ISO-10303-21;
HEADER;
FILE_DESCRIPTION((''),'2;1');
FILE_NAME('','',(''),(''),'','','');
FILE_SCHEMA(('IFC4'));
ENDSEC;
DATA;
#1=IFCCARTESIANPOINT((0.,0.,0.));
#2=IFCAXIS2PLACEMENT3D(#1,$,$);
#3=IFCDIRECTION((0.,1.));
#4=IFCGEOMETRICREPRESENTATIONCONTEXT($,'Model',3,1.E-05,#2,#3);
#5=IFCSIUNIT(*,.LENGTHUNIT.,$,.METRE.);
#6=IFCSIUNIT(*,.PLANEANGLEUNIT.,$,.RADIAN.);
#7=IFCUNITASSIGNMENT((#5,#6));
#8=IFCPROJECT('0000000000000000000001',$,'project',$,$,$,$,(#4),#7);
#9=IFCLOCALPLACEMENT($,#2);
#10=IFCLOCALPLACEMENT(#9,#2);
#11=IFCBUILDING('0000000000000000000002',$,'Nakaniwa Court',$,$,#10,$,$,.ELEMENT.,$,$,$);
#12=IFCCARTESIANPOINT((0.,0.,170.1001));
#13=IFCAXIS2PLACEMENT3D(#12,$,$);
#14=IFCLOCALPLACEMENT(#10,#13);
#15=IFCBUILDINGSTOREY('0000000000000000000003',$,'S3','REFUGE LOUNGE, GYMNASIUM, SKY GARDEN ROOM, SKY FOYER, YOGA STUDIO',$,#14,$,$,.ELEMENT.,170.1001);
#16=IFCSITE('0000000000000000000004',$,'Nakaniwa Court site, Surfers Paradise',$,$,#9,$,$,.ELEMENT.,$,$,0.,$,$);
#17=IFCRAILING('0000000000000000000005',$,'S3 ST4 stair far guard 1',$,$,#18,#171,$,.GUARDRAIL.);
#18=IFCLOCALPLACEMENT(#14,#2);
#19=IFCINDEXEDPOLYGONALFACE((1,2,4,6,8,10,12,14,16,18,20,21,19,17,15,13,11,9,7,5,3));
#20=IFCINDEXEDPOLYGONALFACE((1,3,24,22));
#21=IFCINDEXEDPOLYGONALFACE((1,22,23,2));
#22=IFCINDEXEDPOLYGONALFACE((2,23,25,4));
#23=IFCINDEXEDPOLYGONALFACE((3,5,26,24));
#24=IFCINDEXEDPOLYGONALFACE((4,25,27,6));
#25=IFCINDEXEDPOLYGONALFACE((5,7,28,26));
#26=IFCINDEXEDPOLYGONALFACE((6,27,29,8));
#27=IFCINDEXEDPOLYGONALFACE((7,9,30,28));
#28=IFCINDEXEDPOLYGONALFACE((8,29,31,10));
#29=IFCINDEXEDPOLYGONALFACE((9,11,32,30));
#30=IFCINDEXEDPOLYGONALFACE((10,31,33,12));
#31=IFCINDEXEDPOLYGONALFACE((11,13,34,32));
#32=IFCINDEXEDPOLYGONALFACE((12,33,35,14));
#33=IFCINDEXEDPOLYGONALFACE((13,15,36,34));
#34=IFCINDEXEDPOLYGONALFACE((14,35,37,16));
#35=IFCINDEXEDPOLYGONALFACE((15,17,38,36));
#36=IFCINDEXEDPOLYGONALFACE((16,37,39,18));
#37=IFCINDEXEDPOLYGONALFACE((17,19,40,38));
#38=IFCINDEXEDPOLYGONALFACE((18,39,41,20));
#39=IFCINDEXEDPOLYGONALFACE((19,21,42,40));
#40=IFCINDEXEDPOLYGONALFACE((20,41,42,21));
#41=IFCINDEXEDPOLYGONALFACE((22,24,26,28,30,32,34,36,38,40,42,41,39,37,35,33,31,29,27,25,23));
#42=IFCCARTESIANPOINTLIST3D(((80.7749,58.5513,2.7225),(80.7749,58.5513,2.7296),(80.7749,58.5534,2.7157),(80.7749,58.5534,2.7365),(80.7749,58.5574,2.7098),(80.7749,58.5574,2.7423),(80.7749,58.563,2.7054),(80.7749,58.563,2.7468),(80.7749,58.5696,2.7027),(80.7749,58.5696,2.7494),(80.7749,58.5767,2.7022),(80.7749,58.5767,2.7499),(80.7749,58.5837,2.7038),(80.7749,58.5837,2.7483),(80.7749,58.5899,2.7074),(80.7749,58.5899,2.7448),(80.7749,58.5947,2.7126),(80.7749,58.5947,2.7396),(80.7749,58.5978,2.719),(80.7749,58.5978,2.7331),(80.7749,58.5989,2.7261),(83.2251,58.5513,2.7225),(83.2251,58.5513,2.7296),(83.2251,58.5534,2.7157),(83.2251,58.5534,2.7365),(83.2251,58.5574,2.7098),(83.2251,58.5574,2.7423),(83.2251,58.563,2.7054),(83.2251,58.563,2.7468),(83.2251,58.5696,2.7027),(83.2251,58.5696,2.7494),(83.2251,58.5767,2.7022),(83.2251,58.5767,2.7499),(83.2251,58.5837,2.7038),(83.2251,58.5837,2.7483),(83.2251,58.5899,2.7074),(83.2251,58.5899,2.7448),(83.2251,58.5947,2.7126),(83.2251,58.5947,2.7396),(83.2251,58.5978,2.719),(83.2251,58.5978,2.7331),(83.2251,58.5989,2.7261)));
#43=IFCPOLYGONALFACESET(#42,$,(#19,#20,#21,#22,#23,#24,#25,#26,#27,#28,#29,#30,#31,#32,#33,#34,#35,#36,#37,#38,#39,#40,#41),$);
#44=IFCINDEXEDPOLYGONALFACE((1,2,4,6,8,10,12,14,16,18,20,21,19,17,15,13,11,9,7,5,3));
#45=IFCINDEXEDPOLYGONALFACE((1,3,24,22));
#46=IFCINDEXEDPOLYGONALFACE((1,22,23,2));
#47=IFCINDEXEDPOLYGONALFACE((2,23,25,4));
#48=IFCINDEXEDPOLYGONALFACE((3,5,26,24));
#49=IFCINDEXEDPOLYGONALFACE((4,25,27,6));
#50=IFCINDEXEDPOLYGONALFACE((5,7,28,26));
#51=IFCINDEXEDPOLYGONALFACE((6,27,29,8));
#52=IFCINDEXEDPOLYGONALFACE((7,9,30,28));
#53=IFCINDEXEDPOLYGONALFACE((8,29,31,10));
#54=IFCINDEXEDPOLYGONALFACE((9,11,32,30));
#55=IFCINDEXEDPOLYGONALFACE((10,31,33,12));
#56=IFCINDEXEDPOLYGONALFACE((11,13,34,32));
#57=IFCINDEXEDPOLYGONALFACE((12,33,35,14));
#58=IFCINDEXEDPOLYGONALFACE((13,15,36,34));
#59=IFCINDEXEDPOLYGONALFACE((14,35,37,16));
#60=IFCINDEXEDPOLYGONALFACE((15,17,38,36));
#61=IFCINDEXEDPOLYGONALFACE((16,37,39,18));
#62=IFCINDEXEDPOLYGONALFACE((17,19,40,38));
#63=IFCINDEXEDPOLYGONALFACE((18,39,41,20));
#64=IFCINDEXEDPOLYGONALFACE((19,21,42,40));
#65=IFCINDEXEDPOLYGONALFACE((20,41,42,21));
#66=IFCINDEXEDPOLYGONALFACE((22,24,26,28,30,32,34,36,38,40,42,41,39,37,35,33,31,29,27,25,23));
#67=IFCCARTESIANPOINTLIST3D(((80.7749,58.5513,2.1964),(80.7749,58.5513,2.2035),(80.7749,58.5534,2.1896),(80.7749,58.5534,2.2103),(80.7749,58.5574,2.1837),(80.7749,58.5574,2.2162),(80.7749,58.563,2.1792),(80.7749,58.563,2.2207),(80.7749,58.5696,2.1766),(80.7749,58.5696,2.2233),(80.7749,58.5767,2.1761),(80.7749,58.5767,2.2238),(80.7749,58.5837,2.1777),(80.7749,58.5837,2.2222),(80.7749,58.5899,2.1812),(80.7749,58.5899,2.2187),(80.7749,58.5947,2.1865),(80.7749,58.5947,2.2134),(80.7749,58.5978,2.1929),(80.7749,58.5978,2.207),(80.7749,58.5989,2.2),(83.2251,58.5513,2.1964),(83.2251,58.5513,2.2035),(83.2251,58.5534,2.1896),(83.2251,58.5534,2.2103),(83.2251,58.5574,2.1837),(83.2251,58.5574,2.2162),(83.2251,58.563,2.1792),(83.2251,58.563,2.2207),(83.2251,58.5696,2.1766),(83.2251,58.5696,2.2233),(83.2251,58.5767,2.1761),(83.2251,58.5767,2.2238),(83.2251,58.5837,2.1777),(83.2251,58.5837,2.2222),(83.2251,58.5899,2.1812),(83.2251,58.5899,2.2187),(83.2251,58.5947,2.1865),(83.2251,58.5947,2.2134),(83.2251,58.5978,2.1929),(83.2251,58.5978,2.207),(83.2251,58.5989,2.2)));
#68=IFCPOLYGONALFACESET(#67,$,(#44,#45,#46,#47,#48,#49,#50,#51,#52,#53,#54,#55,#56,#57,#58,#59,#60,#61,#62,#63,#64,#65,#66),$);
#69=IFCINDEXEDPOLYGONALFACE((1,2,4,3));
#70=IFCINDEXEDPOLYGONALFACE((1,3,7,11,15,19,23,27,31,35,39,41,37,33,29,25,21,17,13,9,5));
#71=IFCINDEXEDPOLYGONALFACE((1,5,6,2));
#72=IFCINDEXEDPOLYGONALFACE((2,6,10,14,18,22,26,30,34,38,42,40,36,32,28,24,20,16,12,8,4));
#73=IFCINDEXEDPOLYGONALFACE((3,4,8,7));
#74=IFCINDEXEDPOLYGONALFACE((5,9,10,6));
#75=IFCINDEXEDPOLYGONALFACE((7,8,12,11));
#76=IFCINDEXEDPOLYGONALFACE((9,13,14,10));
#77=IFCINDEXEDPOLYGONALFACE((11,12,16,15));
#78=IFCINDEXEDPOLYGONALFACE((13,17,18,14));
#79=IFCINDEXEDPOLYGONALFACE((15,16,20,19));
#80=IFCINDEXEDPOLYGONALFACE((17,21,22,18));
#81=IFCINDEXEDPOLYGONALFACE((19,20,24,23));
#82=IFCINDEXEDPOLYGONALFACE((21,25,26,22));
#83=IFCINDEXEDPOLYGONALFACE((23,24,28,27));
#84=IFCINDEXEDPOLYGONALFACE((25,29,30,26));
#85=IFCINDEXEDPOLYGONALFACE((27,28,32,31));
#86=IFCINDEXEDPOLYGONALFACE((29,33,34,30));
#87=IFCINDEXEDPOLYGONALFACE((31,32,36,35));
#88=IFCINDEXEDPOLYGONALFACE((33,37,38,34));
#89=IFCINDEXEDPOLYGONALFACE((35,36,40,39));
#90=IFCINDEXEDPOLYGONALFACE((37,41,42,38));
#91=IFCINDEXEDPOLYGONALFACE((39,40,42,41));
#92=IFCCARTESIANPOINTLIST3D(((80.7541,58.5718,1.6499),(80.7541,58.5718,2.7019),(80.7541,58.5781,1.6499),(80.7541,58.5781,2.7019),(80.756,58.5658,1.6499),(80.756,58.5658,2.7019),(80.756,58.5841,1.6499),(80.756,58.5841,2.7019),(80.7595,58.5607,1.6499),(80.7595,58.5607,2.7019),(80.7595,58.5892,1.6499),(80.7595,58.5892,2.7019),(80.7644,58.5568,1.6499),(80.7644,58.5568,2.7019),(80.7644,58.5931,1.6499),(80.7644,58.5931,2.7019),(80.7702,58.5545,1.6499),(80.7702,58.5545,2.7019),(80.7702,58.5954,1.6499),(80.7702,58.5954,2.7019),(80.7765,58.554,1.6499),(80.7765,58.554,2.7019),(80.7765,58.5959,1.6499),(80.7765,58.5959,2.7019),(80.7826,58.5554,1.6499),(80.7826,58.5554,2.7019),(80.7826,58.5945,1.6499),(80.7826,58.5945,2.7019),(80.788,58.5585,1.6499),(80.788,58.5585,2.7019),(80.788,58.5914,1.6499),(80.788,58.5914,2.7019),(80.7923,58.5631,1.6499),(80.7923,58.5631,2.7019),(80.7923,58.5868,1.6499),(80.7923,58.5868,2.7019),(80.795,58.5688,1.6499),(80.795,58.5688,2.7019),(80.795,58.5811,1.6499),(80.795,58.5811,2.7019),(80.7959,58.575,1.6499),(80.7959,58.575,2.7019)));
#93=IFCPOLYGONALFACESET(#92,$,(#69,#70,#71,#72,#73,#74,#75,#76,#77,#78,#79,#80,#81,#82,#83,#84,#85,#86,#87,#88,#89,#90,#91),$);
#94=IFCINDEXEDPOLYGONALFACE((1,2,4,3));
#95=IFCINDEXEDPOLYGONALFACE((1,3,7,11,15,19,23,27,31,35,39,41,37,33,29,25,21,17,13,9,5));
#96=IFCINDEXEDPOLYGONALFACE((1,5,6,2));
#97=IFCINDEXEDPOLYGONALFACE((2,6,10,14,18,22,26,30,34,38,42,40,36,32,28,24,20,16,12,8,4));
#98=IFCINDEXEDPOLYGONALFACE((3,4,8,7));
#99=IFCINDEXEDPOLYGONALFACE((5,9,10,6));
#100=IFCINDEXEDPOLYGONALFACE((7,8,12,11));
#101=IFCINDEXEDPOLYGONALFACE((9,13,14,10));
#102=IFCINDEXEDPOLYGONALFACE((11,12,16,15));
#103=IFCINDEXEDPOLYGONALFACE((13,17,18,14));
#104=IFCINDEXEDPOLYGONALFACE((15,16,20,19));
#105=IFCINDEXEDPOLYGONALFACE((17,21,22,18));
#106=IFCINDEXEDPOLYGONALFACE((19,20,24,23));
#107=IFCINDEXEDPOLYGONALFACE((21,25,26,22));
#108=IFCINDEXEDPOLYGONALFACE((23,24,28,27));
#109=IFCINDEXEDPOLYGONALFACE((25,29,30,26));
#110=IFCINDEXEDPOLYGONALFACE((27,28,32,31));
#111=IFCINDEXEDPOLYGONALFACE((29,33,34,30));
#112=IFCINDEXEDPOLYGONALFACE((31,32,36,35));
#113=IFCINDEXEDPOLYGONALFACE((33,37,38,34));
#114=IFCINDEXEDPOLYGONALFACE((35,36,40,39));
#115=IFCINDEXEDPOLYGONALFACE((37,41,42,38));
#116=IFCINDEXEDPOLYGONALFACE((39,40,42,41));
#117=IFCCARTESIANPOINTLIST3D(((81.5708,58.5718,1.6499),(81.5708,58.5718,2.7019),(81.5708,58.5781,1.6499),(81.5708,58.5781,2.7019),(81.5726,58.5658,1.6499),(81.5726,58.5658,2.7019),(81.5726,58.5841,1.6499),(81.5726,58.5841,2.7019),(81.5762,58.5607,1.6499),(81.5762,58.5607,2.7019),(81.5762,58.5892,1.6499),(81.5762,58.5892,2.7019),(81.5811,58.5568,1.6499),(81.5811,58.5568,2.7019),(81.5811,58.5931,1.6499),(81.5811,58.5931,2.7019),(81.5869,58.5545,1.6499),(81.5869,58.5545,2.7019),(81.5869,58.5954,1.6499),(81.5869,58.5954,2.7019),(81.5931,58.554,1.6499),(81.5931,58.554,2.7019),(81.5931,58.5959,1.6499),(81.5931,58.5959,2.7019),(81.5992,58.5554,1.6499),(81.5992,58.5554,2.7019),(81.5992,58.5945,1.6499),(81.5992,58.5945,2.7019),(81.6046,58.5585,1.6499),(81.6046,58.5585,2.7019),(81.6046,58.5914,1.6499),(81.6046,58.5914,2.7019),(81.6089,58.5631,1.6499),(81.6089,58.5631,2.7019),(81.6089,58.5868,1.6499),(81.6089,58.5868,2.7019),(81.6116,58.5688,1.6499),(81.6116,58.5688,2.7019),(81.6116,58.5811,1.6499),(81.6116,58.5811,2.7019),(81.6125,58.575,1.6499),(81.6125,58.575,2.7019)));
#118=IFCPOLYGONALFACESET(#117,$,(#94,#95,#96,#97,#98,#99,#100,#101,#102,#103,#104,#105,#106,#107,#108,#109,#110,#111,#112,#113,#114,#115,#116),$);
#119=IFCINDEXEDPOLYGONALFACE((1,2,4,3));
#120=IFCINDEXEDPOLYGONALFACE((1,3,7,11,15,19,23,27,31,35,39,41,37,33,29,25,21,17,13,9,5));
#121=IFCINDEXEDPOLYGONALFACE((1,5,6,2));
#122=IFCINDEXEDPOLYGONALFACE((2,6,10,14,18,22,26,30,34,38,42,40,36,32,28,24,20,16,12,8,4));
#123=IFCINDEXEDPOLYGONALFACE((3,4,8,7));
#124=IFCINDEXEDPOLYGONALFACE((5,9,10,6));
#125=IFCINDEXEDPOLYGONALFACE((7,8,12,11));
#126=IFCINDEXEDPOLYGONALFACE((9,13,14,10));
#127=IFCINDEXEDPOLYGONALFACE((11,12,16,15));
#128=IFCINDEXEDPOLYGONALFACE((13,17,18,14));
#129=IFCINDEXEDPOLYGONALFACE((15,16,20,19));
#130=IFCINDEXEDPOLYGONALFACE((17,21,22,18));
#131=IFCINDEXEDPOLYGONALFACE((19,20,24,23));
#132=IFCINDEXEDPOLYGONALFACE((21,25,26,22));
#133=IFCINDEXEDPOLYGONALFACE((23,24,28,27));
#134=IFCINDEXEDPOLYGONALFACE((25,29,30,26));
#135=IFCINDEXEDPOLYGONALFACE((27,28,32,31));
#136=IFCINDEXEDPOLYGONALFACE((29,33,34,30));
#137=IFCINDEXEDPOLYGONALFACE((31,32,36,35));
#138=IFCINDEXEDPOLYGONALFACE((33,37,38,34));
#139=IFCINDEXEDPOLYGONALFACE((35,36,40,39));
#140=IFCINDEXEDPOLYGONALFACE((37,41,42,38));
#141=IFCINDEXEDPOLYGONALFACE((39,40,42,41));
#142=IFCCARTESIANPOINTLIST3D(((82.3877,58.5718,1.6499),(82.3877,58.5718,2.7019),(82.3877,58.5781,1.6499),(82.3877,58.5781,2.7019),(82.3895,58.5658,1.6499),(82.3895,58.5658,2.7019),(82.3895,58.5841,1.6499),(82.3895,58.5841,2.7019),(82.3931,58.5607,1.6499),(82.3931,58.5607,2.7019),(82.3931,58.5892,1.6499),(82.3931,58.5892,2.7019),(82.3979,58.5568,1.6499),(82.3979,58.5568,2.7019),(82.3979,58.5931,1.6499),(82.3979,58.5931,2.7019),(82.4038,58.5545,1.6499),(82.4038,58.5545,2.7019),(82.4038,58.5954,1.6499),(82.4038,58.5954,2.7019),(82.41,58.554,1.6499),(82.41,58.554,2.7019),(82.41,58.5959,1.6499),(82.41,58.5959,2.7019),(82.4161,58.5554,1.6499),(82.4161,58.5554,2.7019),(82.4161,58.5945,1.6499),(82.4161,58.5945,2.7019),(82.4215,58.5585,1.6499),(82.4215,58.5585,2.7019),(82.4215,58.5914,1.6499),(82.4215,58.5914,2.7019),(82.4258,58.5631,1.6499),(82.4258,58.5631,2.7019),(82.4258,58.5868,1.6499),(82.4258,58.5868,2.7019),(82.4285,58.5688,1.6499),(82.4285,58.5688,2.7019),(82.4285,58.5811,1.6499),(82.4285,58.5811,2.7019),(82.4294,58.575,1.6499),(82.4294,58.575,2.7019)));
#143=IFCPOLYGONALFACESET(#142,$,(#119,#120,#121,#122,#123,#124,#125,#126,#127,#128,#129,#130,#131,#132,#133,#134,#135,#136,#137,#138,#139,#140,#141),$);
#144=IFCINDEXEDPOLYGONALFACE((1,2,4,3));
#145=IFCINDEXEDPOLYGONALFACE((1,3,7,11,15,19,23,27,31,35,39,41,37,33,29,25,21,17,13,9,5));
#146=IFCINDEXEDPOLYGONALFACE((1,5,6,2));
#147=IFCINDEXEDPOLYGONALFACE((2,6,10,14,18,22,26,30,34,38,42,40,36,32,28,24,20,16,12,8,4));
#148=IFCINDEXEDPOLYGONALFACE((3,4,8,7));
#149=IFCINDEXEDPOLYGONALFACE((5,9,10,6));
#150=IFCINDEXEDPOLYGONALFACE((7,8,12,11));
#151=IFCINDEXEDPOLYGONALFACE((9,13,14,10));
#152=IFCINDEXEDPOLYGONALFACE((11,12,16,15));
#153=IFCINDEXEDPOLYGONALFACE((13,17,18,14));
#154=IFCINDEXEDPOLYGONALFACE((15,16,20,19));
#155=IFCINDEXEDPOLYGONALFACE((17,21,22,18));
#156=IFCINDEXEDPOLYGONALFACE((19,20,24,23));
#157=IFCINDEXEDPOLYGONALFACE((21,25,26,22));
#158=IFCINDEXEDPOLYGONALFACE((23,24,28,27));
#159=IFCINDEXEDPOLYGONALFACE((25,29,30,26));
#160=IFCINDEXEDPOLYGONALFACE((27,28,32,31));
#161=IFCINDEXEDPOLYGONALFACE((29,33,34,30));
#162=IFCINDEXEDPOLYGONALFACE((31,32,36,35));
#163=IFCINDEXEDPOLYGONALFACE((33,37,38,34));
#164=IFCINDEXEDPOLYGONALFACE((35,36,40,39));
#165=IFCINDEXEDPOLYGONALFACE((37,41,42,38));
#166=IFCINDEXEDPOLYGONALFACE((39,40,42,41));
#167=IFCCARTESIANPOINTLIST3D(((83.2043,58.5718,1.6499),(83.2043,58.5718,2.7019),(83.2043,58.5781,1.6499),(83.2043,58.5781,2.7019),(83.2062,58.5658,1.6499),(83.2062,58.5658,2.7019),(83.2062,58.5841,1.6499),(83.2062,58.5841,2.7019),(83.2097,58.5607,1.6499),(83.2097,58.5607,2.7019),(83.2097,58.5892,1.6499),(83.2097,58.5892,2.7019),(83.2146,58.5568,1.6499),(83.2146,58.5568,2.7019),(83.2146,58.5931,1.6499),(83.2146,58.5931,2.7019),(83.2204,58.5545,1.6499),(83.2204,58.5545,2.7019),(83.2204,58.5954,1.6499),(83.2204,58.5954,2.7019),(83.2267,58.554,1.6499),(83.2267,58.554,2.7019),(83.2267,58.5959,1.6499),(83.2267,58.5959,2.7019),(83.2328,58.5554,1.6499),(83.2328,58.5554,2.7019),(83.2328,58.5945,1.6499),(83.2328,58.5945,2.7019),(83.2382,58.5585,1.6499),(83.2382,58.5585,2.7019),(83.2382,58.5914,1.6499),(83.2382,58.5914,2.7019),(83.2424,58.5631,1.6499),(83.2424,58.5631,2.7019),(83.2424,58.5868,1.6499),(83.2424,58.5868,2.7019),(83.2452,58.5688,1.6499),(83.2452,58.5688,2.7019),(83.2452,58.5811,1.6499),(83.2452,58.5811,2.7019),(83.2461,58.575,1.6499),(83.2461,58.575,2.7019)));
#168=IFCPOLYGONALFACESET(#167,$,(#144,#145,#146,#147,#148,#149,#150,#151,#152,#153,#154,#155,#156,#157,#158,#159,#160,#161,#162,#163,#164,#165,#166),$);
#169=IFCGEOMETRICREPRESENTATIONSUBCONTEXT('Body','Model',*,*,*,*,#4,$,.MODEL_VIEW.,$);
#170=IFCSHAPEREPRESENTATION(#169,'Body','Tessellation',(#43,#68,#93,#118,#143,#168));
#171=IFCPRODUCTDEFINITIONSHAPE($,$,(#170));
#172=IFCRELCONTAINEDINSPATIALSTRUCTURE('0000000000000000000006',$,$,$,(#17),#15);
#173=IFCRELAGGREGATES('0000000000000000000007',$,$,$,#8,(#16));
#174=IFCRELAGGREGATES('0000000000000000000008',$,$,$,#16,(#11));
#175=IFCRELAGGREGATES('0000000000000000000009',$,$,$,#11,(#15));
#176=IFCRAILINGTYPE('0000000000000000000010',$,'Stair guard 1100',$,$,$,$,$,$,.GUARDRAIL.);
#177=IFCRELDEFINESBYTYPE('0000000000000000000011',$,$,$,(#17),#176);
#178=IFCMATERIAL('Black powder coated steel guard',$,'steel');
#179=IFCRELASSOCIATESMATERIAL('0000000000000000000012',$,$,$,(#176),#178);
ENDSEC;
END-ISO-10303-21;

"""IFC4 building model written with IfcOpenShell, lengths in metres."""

from ifc_helpers import new_model, si_unit, direction, frame, origin, origin_2d, place, context, subcontext, project, spatial, circle, extrude, material, type_object, element, save


model = new_model("IFC4")

# Units and contexts
model_context = context("Model", 3, precision=1e-05, world=origin(), true_north=direction((0.0, 1.0)))
body_context = subcontext(model_context, "Body", "Model", "MODEL_VIEW")
ifc_project = project(units=[si_unit("LENGTHUNIT", "METRE"), si_unit("PLANEANGLEUNIT", "RADIAN")], contexts=[model_context])

# Site, building, storey
site_placement = place(None, origin())
site = spatial("IfcSite", under=ifc_project, at=site_placement, Name="Nakaniwa Court site, Surfers Paradise", CompositionType="ELEMENT", RefElevation=0.0)
building_placement = place(site_placement, origin())
building = spatial("IfcBuilding", under=site, at=building_placement, Name="Nakaniwa Court", CompositionType="ELEMENT")
storey_placement = place(building_placement, frame((0.0, 0.0, 170.1001)))
storey = spatial("IfcBuildingStorey", under=building, at=storey_placement, Name="S3", Description="REFUGE LOUNGE, GYMNASIUM, SKY GARDEN ROOM, SKY FOYER, YOGA STUDIO", CompositionType="ELEMENT", Elevation=170.1001)

# Railing
ifc_material_1 = material(Name="Black powder coated steel guard", Category="steel")
railing_type_1 = type_object("IfcRailingType", Name="Stair guard 1100", PredefinedType="GUARDRAIL", material=ifc_material_1)
for number, where, name in (
    (1, (80.7749, 58.575, 1.6499), "S3 ST4 stair far guard 1"),
):
    element("IfcRailing", number, at=place(storey_placement, frame(where)), inside=storey, type_object=railing_type_1, Name=name, PredefinedType="GUARDRAIL", context=body_context, shape_type="SweptSolid", body=[
        extrude(circle(Radius=0.0239, at=origin_2d()), frame((0.0, 0.0, 1.0762), z_axis=(1.0, 0.0, 0.0), x_axis=(0.0, 1.0, 0.0)), (0.0, 0.0, 1.0), 2.4502),
        extrude(circle(Radius=0.0239, at=origin_2d()), frame((0.0, 0.0, 0.55), z_axis=(1.0, 0.0, 0.0), x_axis=(0.0, 1.0, 0.0)), (0.0, 0.0, 1.0), 2.4502),
        extrude(circle(Radius=0.021, at=origin_2d()), origin(), (0.0, 0.0, 1.0), 1.052),
        extrude(circle(Radius=0.021, at=origin_2d()), frame((0.8167, 0.0, 0.0)), (0.0, 0.0, 1.0), 1.052),
        extrude(circle(Radius=0.021, at=origin_2d()), frame((1.6335, 0.0, 0.0)), (0.0, 0.0, 1.0), 1.052),
        extrude(circle(Radius=0.021, at=origin_2d()), frame((2.4502, 0.0, 0.0)), (0.0, 0.0, 1.0), 1.052),
    ])

save(model, "model.ifc")
